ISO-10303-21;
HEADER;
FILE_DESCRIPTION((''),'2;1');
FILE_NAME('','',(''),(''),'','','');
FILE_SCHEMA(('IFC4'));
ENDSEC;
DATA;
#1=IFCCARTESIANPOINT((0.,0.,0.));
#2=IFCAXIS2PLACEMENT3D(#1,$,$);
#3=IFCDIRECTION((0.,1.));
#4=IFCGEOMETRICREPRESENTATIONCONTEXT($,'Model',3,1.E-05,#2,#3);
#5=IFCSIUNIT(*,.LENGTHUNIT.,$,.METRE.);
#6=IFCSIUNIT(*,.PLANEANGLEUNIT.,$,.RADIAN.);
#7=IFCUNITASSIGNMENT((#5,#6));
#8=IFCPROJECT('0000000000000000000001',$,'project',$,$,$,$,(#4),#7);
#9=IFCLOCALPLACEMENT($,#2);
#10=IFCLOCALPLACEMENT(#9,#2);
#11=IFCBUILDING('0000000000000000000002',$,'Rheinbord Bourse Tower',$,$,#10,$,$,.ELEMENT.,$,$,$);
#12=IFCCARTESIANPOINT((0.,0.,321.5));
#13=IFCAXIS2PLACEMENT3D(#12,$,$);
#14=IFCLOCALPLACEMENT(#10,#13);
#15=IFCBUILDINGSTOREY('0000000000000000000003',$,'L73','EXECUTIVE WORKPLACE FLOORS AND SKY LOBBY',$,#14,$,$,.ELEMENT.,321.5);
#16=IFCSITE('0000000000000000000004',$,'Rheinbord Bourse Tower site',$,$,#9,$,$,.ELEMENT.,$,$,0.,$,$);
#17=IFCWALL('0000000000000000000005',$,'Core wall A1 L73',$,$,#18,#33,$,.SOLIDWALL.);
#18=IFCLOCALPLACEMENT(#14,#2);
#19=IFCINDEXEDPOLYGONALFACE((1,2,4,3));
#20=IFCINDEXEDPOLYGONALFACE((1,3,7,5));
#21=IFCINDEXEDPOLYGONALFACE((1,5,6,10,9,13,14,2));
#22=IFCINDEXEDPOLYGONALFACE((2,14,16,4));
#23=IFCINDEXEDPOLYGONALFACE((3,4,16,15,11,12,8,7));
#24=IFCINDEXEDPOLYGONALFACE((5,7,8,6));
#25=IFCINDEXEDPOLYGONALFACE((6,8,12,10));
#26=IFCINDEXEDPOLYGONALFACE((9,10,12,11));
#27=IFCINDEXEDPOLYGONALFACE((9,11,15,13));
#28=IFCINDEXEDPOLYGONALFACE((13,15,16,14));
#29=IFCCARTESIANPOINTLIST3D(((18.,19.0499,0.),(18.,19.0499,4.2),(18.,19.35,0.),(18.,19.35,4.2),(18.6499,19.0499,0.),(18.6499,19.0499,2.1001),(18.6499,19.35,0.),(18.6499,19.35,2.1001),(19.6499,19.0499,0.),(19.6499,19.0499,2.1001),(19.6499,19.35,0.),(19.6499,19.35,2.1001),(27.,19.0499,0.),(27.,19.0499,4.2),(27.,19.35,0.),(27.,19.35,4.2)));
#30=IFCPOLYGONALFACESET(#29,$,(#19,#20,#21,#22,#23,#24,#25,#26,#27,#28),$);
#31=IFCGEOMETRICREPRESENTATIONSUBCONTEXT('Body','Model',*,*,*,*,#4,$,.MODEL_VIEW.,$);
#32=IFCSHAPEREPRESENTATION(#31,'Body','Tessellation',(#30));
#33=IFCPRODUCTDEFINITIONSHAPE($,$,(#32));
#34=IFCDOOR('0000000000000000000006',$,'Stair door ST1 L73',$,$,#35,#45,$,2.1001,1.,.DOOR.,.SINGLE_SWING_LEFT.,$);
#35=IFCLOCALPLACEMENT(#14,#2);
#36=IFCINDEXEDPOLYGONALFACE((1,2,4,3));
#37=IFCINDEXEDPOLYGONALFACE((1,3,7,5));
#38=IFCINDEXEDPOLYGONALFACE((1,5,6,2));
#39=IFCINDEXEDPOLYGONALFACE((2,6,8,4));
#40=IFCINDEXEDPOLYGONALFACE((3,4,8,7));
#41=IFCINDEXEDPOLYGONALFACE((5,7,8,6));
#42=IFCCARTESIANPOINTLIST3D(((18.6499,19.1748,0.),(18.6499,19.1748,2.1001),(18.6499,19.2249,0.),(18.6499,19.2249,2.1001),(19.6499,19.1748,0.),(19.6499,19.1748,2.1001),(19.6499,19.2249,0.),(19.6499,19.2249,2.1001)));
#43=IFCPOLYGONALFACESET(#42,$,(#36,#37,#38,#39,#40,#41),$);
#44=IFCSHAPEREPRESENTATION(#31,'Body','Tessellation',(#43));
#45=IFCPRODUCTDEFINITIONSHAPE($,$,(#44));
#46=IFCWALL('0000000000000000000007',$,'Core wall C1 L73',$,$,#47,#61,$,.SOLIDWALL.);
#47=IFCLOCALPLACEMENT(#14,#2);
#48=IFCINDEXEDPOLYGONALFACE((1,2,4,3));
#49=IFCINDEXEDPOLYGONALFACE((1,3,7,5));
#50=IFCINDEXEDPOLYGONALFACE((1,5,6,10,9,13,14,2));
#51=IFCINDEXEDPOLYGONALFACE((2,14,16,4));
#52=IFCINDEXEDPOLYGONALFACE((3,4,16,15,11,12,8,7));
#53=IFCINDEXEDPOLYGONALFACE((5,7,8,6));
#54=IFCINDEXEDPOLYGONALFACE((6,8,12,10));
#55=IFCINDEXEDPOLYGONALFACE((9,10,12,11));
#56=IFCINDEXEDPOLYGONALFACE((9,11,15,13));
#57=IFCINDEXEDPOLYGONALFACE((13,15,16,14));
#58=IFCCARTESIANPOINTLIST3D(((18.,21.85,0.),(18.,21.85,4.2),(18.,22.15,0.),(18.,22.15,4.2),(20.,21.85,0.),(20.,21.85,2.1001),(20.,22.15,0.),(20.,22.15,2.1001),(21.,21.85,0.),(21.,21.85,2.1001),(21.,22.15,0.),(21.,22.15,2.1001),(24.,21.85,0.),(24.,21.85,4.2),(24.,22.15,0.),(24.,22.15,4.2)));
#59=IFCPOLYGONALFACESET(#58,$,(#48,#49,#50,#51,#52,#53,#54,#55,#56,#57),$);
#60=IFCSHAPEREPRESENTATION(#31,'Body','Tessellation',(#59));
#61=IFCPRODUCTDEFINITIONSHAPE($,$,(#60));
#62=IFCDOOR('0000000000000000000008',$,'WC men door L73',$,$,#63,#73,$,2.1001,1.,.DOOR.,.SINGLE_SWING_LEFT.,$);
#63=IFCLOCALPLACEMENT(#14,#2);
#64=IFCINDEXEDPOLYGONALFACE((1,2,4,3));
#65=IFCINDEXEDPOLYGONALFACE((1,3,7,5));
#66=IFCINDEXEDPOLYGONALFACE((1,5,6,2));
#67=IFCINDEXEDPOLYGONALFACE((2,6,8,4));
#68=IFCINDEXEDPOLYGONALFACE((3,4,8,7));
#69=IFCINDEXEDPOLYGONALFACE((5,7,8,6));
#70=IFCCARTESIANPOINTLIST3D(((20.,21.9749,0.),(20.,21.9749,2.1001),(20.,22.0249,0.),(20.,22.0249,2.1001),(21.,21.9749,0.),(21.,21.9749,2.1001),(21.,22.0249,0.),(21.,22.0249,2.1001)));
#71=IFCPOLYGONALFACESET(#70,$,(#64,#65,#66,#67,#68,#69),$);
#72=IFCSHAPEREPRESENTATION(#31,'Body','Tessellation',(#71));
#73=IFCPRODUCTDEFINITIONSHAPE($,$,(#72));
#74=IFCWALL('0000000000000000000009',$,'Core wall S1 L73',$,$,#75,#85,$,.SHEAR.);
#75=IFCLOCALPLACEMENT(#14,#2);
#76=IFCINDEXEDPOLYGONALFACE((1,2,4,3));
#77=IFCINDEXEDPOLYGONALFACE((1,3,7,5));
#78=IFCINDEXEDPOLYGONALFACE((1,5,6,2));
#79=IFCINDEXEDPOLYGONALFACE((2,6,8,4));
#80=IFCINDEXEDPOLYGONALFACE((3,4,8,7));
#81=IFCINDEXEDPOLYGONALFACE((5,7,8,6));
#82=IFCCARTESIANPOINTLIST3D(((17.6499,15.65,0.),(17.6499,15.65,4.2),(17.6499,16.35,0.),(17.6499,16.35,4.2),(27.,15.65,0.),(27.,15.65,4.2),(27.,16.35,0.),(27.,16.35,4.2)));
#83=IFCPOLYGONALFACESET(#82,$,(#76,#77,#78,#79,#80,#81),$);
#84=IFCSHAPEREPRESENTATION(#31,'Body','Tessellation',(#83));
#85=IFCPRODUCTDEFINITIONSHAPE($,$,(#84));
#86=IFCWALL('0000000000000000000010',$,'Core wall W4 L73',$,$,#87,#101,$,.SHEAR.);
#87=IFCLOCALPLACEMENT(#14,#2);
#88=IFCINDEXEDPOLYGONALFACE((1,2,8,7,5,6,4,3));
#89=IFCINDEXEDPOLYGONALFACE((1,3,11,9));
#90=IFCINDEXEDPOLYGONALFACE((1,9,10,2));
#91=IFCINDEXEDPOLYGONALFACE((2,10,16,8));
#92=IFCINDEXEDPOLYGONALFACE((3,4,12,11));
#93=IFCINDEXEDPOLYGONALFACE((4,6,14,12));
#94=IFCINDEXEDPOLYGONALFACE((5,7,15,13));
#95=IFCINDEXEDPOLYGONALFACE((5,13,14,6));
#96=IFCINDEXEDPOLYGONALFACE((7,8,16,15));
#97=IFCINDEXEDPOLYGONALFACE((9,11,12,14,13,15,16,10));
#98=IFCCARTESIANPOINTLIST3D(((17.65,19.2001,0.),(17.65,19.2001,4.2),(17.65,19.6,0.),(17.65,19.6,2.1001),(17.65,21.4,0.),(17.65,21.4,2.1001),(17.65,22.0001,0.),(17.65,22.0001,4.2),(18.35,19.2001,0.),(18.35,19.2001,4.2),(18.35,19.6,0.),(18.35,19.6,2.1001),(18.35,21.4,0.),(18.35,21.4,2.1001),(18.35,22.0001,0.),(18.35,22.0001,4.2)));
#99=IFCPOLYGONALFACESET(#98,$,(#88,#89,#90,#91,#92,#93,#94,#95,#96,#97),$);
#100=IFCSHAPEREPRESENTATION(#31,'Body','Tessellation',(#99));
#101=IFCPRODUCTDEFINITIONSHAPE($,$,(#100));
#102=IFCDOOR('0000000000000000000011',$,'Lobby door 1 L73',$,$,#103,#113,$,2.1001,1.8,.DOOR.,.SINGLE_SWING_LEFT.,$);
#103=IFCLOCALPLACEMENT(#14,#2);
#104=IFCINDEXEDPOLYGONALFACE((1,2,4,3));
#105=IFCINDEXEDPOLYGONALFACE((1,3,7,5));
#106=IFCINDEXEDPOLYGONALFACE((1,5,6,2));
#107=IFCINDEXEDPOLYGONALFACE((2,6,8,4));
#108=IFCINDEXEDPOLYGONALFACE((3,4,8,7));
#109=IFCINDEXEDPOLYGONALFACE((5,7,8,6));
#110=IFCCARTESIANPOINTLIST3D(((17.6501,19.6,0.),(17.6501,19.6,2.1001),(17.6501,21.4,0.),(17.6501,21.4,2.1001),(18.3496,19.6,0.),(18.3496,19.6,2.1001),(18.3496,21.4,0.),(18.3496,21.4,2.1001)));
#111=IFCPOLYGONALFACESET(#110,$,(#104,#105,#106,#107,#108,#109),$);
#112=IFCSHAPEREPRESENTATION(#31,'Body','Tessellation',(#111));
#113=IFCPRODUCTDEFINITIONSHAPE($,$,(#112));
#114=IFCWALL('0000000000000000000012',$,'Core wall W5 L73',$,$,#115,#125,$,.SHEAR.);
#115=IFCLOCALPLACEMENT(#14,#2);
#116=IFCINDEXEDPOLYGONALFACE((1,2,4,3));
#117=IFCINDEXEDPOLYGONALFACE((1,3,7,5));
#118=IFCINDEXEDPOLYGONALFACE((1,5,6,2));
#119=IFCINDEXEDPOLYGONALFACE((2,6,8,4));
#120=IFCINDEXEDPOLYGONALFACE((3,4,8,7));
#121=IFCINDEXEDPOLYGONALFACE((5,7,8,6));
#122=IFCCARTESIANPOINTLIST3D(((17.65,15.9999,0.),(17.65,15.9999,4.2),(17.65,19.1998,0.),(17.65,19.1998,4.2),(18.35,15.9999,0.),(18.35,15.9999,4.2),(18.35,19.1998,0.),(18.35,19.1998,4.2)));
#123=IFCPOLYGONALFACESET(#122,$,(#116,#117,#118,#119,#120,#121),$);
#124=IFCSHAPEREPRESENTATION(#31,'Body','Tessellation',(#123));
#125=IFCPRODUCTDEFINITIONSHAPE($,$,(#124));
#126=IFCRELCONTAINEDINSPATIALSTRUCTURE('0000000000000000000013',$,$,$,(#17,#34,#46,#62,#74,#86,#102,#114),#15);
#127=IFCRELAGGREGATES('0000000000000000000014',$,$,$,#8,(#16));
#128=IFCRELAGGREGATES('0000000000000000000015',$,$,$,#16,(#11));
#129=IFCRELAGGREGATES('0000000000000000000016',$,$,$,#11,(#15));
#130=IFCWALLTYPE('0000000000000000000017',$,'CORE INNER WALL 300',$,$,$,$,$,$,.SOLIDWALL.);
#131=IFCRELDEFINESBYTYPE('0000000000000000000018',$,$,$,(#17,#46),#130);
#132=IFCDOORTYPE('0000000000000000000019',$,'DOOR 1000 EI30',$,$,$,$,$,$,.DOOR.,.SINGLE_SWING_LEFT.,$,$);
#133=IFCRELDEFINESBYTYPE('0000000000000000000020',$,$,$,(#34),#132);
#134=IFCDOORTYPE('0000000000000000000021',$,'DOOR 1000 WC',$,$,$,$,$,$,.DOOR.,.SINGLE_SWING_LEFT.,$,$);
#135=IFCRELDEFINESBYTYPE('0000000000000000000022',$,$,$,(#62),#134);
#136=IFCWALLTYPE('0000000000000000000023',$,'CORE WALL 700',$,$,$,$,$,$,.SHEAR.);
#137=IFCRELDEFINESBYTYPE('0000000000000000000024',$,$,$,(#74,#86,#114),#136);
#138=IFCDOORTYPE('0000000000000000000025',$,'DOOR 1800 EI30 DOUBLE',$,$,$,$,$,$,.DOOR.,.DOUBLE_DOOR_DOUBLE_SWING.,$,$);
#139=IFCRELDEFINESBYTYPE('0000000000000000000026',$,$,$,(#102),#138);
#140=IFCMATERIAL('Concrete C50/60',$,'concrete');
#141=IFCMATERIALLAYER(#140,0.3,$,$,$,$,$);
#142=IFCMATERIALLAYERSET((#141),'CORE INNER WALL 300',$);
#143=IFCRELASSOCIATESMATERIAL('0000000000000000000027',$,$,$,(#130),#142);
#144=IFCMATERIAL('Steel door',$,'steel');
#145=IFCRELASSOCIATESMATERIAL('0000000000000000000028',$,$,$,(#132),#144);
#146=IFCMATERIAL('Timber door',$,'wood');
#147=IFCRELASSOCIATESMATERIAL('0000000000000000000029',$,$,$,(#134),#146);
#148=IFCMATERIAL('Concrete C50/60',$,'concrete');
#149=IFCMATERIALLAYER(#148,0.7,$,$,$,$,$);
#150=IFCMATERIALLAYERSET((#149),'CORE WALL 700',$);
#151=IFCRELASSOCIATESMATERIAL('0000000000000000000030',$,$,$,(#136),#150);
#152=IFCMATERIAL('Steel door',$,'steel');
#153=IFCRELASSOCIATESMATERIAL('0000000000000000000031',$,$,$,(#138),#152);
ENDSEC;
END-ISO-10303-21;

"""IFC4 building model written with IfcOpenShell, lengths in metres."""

from ifc_helpers import new_model, si_unit, direction, frame, frame_2d, origin, place, context, subcontext, project, spatial, rectangle, extrude, material, layer, layer_set, type_object, element, fill, save


model = new_model("IFC4")

# Units and contexts
model_context = context("Model", 3, precision=1e-05, world=origin(), true_north=direction((0.0, 1.0)))
body_context = subcontext(model_context, "Body", "Model", "MODEL_VIEW")
ifc_project = project(units=[si_unit("LENGTHUNIT", "METRE"), si_unit("PLANEANGLEUNIT", "RADIAN")], contexts=[model_context])

# Site, building, storey
site_placement = place(None, origin())
site = spatial("IfcSite", under=ifc_project, at=site_placement, Name="Rheinbord Bourse Tower site", CompositionType="ELEMENT", RefElevation=0.0)
building_placement = place(site_placement, origin())
building = spatial("IfcBuilding", under=site, at=building_placement, Name="Rheinbord Bourse Tower", CompositionType="ELEMENT")
storey_placement = place(building_placement, frame((0.0, 0.0, 321.5)))
storey = spatial("IfcBuildingStorey", under=building, at=storey_placement, Name="L73", Description="EXECUTIVE WORKPLACE FLOORS AND SKY LOBBY", CompositionType="ELEMENT", Elevation=321.5)

# Walls, openings, doors
ifc_material_1 = material(Name="Concrete C50/60", Category="concrete")
ifc_layer_1 = layer(ifc_material_1, 0.3)
ifc_layer_set_1 = layer_set([ifc_layer_1], Name="CORE INNER WALL 300")
wall_type_1 = type_object("IfcWallType", Name="CORE INNER WALL 300", PredefinedType="SOLIDWALL", material=ifc_layer_set_1)
wall_1_placement = place(storey_placement, frame((18.0, 19.2, 0.0), z_axis=(0.0, 0.0, 1.0), x_axis=(1.0, 0.0, 0.0)))
wall_1 = element("IfcWall", 1, at=wall_1_placement, inside=storey, type_object=wall_type_1, Name="Core wall A1 L73", PredefinedType="SOLIDWALL", context=body_context, shape_type="SweptSolid", body=[
    extrude(rectangle(XDim=9.0, YDim=0.3, at=frame_2d((4.5, 0.0))), origin(), (0.0, 0.0, 1.0), 4.2),
])
opening_1_placement = place(wall_1_placement, frame((0.6499, 0.0, 0.0)))
opening_1 = element("IfcOpeningElement", 2, at=opening_1_placement, cuts=wall_1, PredefinedType="OPENING", context=body_context, shape_type="SweptSolid", body=[
    extrude(rectangle(XDim=1.0, YDim=2.1001, at=frame_2d((0.5, 1.05))), frame((0.0, 0.1599, 0.0), z_axis=(0.0, -1.0, 0.0), x_axis=(1.0, 0.0, 0.0)), (0.0, 0.0, 1.0), 0.3201),
])
ifc_material_2 = material(Name="Steel door", Category="steel")
door_type_1 = type_object("IfcDoorType", Name="DOOR 1000 EI30", OperationType="SINGLE_SWING_LEFT", PredefinedType="DOOR", material=ifc_material_2)
door_1_placement = place(opening_1_placement, origin())
door_1 = element("IfcDoor", 3, at=door_1_placement, inside=storey, type_object=door_type_1, Name="Stair door ST1 L73", OperationType="SINGLE_SWING_LEFT", OverallHeight=2.1001, OverallWidth=1.0, PredefinedType="DOOR", context=body_context, shape_type="SweptSolid", body=[
    extrude(rectangle(XDim=1.0, YDim=2.1001, at=frame_2d((0.5, 1.05))), frame((0.0, 0.0249, 0.0), z_axis=(0.0, -1.0, 0.0), x_axis=(1.0, 0.0, 0.0)), (0.0, 0.0, 1.0), 0.05),
])
fill(opening_1, door_1)
wall_2_placement = place(storey_placement, frame((18.0, 22.0, 0.0), z_axis=(0.0, 0.0, 1.0), x_axis=(1.0, 0.0, 0.0)))
wall_2 = element("IfcWall", 4, at=wall_2_placement, inside=storey, type_object=wall_type_1, Name="Core wall C1 L73", PredefinedType="SOLIDWALL", context=body_context, shape_type="SweptSolid", body=[
    extrude(rectangle(XDim=6.0, YDim=0.3, at=frame_2d((3.0, 0.0))), origin(), (0.0, 0.0, 1.0), 4.2),
])
opening_2_placement = place(wall_2_placement, frame((2.0, 0.0, 0.0)))
opening_2 = element("IfcOpeningElement", 5, at=opening_2_placement, cuts=wall_2, PredefinedType="OPENING", context=body_context, shape_type="SweptSolid", body=[
    extrude(rectangle(XDim=1.0, YDim=2.1001, at=frame_2d((0.5, 1.05))), frame((0.0, 0.1599, 0.0), z_axis=(0.0, -1.0, 0.0), x_axis=(1.0, 0.0, 0.0)), (0.0, 0.0, 1.0), 0.3201),
])
ifc_material_3 = material(Name="Timber door", Category="wood")
door_type_2 = type_object("IfcDoorType", Name="DOOR 1000 WC", OperationType="SINGLE_SWING_LEFT", PredefinedType="DOOR", material=ifc_material_3)
door_2_placement = place(opening_2_placement, origin())
door_2 = element("IfcDoor", 6, at=door_2_placement, inside=storey, type_object=door_type_2, Name="WC men door L73", OperationType="SINGLE_SWING_LEFT", OverallHeight=2.1001, OverallWidth=1.0, PredefinedType="DOOR", context=body_context, shape_type="SweptSolid", body=[
    extrude(rectangle(XDim=1.0, YDim=2.1001, at=frame_2d((0.5, 1.05))), frame((0.0, 0.0249, 0.0), z_axis=(0.0, -1.0, 0.0), x_axis=(1.0, 0.0, 0.0)), (0.0, 0.0, 1.0), 0.05),
])
fill(opening_2, door_2)

# Wall
ifc_material_4 = material(Name="Concrete C50/60", Category="concrete")
ifc_layer_2 = layer(ifc_material_4, 0.7)
ifc_layer_set_2 = layer_set([ifc_layer_2], Name="CORE WALL 700")
wall_type_2 = type_object("IfcWallType", Name="CORE WALL 700", PredefinedType="SHEAR", material=ifc_layer_set_2)
wall_3_placement = place(storey_placement, frame((17.6499, 16.0, 0.0), z_axis=(0.0, 0.0, 1.0), x_axis=(1.0, 0.0, 0.0)))
element("IfcWall", 7, at=wall_3_placement, inside=storey, type_object=wall_type_2, Name="Core wall S1 L73", PredefinedType="SHEAR", context=body_context, shape_type="SweptSolid", body=[
    extrude(rectangle(XDim=9.3501, YDim=0.7, at=frame_2d((4.675, 0.0))), origin(), (0.0, 0.0, 1.0), 4.2),
])

# Wall, opening, door
wall_4_placement = place(storey_placement, frame((18.0, 22.0, 0.0), z_axis=(0.0, 0.0, 1.0), x_axis=(0.0, -1.0, 0.0)))
wall_4 = element("IfcWall", 8, at=wall_4_placement, inside=storey, type_object=wall_type_2, Name="Core wall W4 L73", PredefinedType="SHEAR", context=body_context, shape_type="SweptSolid", body=[
    extrude(rectangle(XDim=2.8, YDim=0.7, at=frame_2d((1.3999, 0.0))), origin(), (0.0, 0.0, 1.0), 4.2),
])
opening_3_placement = place(wall_4_placement, frame((0.6001, 0.0, 0.0)))
opening_3 = element("IfcOpeningElement", 9, at=opening_3_placement, cuts=wall_4, PredefinedType="OPENING", context=body_context, shape_type="SweptSolid", body=[
    extrude(rectangle(XDim=1.8, YDim=2.1001, at=frame_2d((0.8999, 1.05))), frame((0.0, 0.3599, 0.0), z_axis=(0.0, -1.0, 0.0), x_axis=(1.0, 0.0, 0.0)), (0.0, 0.0, 1.0), 0.72),
])
ifc_material_5 = material(Name="Steel door", Category="steel")
door_type_3 = type_object("IfcDoorType", Name="DOOR 1800 EI30 DOUBLE", OperationType="DOUBLE_DOOR_DOUBLE_SWING", PredefinedType="DOOR", material=ifc_material_5)
door_3_placement = place(opening_3_placement, origin())
door_3 = element("IfcDoor", 10, at=door_3_placement, inside=storey, type_object=door_type_3, Name="Lobby door 1 L73", OperationType="SINGLE_SWING_LEFT", OverallHeight=2.1001, OverallWidth=1.8, PredefinedType="DOOR", context=body_context, shape_type="SweptSolid", body=[
    extrude(rectangle(XDim=1.8, YDim=2.1001, at=frame_2d((0.8999, 1.05))), frame((0.0, 0.3496, 0.0), z_axis=(0.0, -1.0, 0.0), x_axis=(1.0, 0.0, 0.0)), (0.0, 0.0, 1.0), 0.6995),
])
fill(opening_3, door_3)

# Wall
wall_5_placement = place(storey_placement, frame((18.0, 19.2, 0.0), z_axis=(0.0, 0.0, 1.0), x_axis=(0.0, -1.0, 0.0)))
element("IfcWall", 11, at=wall_5_placement, inside=storey, type_object=wall_type_2, Name="Core wall W5 L73", PredefinedType="SHEAR", context=body_context, shape_type="SweptSolid", body=[
    extrude(rectangle(XDim=3.2, YDim=0.7, at=frame_2d((1.6001, 0.0))), origin(), (0.0, 0.0, 1.0), 4.2),
])

save(model, "model.ifc")
